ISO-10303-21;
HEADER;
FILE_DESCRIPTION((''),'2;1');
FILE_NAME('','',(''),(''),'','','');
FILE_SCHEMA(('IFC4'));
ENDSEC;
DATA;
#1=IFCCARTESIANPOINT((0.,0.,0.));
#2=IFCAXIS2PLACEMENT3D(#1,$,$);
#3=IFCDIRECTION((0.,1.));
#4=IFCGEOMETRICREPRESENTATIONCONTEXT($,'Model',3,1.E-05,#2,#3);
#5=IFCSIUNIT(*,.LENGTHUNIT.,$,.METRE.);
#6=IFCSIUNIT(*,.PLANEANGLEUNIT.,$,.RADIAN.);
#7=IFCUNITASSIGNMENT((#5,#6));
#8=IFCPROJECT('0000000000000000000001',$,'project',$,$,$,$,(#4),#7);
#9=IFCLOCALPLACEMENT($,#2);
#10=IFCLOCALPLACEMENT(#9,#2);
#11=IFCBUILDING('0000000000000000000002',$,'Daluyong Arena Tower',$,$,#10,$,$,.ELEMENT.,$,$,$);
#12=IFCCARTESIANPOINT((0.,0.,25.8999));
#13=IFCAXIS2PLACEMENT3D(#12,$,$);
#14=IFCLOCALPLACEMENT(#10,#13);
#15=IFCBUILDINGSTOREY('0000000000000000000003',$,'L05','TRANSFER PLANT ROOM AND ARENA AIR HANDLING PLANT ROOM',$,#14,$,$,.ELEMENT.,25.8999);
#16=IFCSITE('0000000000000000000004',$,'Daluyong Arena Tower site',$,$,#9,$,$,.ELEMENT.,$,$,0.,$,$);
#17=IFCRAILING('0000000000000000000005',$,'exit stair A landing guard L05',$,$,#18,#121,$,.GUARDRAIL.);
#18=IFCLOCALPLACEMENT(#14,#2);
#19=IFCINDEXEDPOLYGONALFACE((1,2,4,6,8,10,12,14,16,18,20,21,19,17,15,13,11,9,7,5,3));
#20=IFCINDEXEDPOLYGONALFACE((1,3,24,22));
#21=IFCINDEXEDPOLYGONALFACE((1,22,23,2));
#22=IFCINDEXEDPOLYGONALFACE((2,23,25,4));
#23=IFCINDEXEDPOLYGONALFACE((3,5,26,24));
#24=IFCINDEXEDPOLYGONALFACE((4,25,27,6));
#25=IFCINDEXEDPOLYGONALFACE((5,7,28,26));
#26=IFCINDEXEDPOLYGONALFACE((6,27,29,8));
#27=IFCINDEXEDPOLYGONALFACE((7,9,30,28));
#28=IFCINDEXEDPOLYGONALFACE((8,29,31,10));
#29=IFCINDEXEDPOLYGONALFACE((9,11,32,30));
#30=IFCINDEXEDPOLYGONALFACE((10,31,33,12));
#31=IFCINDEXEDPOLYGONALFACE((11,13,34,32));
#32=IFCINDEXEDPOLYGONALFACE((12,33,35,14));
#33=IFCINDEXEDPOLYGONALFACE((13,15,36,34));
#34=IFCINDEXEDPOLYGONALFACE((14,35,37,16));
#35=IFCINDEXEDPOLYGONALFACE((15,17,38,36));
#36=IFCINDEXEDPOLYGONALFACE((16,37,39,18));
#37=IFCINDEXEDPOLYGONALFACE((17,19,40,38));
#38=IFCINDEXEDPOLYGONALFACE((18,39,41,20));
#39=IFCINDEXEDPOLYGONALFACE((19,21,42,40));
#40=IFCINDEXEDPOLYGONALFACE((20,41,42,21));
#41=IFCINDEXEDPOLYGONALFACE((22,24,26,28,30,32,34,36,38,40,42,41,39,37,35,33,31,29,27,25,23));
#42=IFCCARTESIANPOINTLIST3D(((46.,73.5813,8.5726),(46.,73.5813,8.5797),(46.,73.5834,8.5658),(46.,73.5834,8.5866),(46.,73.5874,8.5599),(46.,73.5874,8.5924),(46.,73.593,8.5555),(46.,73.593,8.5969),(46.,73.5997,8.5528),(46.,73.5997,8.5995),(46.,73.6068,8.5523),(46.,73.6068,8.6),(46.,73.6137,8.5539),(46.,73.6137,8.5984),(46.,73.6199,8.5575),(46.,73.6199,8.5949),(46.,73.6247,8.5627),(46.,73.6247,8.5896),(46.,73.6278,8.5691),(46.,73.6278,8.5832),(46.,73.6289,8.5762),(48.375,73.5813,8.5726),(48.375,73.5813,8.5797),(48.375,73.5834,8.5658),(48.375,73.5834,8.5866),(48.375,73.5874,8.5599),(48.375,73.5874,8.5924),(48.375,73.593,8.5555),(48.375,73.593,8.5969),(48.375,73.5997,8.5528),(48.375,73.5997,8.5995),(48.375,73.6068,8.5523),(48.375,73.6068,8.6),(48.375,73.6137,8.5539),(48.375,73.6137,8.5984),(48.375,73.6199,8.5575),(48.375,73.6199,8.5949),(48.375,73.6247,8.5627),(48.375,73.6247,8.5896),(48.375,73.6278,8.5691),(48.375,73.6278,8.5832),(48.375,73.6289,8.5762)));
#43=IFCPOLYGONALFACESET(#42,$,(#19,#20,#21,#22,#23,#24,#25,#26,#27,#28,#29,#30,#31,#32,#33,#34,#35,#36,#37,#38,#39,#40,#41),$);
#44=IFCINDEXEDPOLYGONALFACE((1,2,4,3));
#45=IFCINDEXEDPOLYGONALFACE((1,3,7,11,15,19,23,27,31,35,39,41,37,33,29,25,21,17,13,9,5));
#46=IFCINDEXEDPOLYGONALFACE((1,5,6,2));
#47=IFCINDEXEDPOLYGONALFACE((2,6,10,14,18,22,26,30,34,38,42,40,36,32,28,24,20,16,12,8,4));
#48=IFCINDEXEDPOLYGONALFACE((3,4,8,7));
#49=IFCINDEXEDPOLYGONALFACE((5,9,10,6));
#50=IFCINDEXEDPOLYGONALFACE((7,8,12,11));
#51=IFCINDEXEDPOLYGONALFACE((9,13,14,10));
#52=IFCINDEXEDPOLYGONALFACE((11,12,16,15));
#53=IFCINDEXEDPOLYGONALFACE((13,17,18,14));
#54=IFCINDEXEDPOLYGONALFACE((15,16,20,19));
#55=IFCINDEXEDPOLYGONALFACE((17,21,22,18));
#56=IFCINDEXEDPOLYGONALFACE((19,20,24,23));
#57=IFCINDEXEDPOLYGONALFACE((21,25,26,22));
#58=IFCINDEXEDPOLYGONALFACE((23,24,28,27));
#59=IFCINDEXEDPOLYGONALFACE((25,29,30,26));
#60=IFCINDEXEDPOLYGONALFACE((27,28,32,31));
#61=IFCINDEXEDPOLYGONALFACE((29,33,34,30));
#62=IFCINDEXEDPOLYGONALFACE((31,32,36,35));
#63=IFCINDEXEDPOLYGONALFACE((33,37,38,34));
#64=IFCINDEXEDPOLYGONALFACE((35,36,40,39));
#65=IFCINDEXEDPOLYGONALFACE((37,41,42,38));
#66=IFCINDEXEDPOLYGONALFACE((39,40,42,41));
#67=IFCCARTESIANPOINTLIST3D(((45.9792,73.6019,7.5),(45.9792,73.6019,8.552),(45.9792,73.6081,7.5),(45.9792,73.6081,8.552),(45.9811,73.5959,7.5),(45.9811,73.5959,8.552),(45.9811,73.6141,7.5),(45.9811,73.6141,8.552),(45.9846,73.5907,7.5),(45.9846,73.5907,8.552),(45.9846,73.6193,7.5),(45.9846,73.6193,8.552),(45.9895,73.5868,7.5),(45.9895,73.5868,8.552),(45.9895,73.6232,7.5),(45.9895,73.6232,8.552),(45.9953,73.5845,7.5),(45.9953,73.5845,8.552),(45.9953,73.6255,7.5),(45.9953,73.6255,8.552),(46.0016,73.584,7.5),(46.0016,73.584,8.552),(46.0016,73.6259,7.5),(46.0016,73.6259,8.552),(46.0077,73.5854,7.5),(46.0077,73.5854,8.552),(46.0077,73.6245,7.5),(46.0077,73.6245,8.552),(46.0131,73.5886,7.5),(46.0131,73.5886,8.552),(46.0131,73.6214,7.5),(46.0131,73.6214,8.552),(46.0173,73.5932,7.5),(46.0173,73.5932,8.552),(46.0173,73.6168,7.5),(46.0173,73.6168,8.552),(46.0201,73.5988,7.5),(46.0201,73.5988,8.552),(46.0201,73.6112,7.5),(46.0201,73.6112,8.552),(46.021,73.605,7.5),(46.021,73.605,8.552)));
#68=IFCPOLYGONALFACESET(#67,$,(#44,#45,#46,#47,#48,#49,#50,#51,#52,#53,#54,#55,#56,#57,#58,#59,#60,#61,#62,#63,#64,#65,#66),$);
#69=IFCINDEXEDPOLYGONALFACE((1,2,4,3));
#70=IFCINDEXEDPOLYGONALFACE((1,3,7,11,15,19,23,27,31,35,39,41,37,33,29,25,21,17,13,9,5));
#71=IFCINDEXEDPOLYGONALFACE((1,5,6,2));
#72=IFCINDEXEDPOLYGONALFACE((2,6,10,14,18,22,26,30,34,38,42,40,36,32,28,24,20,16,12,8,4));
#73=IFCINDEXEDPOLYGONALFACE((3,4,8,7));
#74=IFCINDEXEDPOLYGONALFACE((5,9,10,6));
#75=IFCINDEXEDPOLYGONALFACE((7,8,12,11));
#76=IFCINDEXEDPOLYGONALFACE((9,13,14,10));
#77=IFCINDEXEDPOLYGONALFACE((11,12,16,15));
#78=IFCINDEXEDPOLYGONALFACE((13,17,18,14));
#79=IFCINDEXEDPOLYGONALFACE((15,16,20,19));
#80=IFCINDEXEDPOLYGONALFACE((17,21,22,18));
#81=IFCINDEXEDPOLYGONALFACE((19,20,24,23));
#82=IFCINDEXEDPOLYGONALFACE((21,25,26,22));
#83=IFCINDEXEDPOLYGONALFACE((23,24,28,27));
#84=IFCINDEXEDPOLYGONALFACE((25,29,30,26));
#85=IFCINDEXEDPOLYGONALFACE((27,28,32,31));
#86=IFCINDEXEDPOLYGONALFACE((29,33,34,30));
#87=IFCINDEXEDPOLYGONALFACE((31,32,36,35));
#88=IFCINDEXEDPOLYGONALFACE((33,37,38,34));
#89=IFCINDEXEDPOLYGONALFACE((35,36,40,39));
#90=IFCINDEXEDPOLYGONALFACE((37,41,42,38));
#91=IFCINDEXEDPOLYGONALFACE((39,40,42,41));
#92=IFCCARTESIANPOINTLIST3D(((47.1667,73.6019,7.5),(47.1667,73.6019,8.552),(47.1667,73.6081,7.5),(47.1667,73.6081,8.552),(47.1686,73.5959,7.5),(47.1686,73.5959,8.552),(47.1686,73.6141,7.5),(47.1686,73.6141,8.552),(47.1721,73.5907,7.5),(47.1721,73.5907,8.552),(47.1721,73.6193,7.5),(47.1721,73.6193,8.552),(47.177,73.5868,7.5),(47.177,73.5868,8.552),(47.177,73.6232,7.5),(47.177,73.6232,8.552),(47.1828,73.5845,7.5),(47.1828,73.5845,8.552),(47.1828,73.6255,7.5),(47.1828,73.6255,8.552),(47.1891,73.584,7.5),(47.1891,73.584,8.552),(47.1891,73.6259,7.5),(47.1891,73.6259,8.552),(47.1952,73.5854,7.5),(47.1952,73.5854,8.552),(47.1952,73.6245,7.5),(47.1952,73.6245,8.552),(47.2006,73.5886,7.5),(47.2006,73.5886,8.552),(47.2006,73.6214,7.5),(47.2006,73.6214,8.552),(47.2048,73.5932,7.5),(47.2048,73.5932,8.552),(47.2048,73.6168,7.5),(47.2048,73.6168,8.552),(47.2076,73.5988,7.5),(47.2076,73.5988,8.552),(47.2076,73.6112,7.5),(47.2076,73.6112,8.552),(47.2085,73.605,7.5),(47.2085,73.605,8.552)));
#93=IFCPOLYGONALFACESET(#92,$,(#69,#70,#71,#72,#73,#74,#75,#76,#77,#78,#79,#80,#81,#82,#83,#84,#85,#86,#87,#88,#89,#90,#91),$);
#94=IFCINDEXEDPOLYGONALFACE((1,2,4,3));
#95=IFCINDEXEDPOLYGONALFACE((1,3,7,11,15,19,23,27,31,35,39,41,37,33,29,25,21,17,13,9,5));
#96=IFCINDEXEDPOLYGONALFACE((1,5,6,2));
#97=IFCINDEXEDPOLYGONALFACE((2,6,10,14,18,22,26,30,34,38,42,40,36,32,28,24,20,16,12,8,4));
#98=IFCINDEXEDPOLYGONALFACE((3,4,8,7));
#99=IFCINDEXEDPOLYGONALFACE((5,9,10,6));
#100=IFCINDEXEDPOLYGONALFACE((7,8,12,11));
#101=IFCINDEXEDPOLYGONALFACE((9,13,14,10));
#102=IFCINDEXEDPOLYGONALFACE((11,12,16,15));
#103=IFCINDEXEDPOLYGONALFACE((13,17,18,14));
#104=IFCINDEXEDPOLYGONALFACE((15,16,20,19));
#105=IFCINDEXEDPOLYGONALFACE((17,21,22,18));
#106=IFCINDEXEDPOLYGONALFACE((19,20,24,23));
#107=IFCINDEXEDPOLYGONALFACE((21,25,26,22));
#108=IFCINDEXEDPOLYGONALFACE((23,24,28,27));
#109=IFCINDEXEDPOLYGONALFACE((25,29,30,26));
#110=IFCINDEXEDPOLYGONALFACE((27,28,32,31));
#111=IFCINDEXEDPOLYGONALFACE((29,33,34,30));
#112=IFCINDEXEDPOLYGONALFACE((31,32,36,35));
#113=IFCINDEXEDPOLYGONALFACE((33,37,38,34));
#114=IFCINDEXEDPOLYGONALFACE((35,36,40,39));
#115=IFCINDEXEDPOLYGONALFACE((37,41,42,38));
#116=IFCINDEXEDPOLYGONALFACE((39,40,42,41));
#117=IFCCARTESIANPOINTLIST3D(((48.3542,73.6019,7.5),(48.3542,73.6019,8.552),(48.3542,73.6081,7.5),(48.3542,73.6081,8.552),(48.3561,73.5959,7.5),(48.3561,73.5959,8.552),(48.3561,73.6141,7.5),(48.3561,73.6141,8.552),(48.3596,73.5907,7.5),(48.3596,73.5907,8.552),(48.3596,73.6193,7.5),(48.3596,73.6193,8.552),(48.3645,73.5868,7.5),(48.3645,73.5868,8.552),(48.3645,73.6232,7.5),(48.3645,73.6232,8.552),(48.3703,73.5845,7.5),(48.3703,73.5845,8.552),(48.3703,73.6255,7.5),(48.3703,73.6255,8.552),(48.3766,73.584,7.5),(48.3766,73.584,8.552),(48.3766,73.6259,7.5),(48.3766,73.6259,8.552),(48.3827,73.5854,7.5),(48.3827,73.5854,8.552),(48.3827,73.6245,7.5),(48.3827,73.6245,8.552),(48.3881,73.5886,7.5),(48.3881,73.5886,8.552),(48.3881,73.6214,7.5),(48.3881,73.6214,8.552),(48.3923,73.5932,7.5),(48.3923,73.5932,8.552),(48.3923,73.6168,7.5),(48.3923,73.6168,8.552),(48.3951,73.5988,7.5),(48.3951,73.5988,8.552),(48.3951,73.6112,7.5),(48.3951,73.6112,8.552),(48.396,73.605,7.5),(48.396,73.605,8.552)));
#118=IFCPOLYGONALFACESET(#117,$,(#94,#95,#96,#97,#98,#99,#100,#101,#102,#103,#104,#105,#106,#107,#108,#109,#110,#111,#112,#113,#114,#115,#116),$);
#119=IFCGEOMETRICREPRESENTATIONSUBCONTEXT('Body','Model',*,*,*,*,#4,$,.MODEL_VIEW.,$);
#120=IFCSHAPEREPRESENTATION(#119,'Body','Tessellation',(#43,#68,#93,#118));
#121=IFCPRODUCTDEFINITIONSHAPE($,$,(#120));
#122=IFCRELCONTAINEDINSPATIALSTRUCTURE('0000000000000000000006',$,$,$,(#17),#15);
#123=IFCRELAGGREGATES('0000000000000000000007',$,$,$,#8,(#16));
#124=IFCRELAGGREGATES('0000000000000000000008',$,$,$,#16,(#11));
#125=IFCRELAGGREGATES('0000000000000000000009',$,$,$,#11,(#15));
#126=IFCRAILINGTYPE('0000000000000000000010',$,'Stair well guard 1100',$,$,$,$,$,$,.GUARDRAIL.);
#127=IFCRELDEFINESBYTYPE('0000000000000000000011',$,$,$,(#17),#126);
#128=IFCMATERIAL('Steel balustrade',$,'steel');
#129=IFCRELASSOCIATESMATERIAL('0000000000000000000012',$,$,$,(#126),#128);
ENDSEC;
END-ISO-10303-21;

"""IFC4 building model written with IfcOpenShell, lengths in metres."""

from ifc_helpers import new_model, si_unit, direction, frame, origin, origin_2d, place, context, subcontext, project, spatial, circle, extrude, material, type_object, element, save


model = new_model("IFC4")

# Units and contexts
model_context = context("Model", 3, precision=1e-05, world=origin(), true_north=direction((0.0, 1.0)))
body_context = subcontext(model_context, "Body", "Model", "MODEL_VIEW")
ifc_project = project(units=[si_unit("LENGTHUNIT", "METRE"), si_unit("PLANEANGLEUNIT", "RADIAN")], contexts=[model_context])

# Site, building, storey
site_placement = place(None, origin())
site = spatial("IfcSite", under=ifc_project, at=site_placement, Name="Daluyong Arena Tower site", CompositionType="ELEMENT", RefElevation=0.0)
building_placement = place(site_placement, origin())
building = spatial("IfcBuilding", under=site, at=building_placement, Name="Daluyong Arena Tower", CompositionType="ELEMENT")
storey_placement = place(building_placement, frame((0.0, 0.0, 25.8999)))
storey = spatial("IfcBuildingStorey", under=building, at=storey_placement, Name="L05", Description="TRANSFER PLANT ROOM AND ARENA AIR HANDLING PLANT ROOM", CompositionType="ELEMENT", Elevation=25.8999)

# Railing
ifc_material_1 = material(Name="Steel balustrade", Category="steel")
railing_type_1 = type_object("IfcRailingType", Name="Stair well guard 1100", PredefinedType="GUARDRAIL", material=ifc_material_1)
for number, where, name in (
    (1, (46.0, 73.605, 7.5), "exit stair A landing guard L05"),
):
    element("IfcRailing", number, at=place(storey_placement, frame(where)), inside=storey, type_object=railing_type_1, Name=name, PredefinedType="GUARDRAIL", context=body_context, shape_type="SweptSolid", body=[
        extrude(circle(Radius=0.0239, at=origin_2d()), frame((0.0, 0.0, 1.0762), z_axis=(1.0, 0.0, 0.0), x_axis=(0.0, 1.0, 0.0)), (0.0, 0.0, 1.0), 2.375),
        extrude(circle(Radius=0.021, at=origin_2d()), origin(), (0.0, 0.0, 1.0), 1.052),
        extrude(circle(Radius=0.021, at=origin_2d()), frame((1.1875, 0.0, 0.0)), (0.0, 0.0, 1.0), 1.052),
        extrude(circle(Radius=0.021, at=origin_2d()), frame((2.375, 0.0, 0.0)), (0.0, 0.0, 1.0), 1.052),
    ])

save(model, "model.ifc")
